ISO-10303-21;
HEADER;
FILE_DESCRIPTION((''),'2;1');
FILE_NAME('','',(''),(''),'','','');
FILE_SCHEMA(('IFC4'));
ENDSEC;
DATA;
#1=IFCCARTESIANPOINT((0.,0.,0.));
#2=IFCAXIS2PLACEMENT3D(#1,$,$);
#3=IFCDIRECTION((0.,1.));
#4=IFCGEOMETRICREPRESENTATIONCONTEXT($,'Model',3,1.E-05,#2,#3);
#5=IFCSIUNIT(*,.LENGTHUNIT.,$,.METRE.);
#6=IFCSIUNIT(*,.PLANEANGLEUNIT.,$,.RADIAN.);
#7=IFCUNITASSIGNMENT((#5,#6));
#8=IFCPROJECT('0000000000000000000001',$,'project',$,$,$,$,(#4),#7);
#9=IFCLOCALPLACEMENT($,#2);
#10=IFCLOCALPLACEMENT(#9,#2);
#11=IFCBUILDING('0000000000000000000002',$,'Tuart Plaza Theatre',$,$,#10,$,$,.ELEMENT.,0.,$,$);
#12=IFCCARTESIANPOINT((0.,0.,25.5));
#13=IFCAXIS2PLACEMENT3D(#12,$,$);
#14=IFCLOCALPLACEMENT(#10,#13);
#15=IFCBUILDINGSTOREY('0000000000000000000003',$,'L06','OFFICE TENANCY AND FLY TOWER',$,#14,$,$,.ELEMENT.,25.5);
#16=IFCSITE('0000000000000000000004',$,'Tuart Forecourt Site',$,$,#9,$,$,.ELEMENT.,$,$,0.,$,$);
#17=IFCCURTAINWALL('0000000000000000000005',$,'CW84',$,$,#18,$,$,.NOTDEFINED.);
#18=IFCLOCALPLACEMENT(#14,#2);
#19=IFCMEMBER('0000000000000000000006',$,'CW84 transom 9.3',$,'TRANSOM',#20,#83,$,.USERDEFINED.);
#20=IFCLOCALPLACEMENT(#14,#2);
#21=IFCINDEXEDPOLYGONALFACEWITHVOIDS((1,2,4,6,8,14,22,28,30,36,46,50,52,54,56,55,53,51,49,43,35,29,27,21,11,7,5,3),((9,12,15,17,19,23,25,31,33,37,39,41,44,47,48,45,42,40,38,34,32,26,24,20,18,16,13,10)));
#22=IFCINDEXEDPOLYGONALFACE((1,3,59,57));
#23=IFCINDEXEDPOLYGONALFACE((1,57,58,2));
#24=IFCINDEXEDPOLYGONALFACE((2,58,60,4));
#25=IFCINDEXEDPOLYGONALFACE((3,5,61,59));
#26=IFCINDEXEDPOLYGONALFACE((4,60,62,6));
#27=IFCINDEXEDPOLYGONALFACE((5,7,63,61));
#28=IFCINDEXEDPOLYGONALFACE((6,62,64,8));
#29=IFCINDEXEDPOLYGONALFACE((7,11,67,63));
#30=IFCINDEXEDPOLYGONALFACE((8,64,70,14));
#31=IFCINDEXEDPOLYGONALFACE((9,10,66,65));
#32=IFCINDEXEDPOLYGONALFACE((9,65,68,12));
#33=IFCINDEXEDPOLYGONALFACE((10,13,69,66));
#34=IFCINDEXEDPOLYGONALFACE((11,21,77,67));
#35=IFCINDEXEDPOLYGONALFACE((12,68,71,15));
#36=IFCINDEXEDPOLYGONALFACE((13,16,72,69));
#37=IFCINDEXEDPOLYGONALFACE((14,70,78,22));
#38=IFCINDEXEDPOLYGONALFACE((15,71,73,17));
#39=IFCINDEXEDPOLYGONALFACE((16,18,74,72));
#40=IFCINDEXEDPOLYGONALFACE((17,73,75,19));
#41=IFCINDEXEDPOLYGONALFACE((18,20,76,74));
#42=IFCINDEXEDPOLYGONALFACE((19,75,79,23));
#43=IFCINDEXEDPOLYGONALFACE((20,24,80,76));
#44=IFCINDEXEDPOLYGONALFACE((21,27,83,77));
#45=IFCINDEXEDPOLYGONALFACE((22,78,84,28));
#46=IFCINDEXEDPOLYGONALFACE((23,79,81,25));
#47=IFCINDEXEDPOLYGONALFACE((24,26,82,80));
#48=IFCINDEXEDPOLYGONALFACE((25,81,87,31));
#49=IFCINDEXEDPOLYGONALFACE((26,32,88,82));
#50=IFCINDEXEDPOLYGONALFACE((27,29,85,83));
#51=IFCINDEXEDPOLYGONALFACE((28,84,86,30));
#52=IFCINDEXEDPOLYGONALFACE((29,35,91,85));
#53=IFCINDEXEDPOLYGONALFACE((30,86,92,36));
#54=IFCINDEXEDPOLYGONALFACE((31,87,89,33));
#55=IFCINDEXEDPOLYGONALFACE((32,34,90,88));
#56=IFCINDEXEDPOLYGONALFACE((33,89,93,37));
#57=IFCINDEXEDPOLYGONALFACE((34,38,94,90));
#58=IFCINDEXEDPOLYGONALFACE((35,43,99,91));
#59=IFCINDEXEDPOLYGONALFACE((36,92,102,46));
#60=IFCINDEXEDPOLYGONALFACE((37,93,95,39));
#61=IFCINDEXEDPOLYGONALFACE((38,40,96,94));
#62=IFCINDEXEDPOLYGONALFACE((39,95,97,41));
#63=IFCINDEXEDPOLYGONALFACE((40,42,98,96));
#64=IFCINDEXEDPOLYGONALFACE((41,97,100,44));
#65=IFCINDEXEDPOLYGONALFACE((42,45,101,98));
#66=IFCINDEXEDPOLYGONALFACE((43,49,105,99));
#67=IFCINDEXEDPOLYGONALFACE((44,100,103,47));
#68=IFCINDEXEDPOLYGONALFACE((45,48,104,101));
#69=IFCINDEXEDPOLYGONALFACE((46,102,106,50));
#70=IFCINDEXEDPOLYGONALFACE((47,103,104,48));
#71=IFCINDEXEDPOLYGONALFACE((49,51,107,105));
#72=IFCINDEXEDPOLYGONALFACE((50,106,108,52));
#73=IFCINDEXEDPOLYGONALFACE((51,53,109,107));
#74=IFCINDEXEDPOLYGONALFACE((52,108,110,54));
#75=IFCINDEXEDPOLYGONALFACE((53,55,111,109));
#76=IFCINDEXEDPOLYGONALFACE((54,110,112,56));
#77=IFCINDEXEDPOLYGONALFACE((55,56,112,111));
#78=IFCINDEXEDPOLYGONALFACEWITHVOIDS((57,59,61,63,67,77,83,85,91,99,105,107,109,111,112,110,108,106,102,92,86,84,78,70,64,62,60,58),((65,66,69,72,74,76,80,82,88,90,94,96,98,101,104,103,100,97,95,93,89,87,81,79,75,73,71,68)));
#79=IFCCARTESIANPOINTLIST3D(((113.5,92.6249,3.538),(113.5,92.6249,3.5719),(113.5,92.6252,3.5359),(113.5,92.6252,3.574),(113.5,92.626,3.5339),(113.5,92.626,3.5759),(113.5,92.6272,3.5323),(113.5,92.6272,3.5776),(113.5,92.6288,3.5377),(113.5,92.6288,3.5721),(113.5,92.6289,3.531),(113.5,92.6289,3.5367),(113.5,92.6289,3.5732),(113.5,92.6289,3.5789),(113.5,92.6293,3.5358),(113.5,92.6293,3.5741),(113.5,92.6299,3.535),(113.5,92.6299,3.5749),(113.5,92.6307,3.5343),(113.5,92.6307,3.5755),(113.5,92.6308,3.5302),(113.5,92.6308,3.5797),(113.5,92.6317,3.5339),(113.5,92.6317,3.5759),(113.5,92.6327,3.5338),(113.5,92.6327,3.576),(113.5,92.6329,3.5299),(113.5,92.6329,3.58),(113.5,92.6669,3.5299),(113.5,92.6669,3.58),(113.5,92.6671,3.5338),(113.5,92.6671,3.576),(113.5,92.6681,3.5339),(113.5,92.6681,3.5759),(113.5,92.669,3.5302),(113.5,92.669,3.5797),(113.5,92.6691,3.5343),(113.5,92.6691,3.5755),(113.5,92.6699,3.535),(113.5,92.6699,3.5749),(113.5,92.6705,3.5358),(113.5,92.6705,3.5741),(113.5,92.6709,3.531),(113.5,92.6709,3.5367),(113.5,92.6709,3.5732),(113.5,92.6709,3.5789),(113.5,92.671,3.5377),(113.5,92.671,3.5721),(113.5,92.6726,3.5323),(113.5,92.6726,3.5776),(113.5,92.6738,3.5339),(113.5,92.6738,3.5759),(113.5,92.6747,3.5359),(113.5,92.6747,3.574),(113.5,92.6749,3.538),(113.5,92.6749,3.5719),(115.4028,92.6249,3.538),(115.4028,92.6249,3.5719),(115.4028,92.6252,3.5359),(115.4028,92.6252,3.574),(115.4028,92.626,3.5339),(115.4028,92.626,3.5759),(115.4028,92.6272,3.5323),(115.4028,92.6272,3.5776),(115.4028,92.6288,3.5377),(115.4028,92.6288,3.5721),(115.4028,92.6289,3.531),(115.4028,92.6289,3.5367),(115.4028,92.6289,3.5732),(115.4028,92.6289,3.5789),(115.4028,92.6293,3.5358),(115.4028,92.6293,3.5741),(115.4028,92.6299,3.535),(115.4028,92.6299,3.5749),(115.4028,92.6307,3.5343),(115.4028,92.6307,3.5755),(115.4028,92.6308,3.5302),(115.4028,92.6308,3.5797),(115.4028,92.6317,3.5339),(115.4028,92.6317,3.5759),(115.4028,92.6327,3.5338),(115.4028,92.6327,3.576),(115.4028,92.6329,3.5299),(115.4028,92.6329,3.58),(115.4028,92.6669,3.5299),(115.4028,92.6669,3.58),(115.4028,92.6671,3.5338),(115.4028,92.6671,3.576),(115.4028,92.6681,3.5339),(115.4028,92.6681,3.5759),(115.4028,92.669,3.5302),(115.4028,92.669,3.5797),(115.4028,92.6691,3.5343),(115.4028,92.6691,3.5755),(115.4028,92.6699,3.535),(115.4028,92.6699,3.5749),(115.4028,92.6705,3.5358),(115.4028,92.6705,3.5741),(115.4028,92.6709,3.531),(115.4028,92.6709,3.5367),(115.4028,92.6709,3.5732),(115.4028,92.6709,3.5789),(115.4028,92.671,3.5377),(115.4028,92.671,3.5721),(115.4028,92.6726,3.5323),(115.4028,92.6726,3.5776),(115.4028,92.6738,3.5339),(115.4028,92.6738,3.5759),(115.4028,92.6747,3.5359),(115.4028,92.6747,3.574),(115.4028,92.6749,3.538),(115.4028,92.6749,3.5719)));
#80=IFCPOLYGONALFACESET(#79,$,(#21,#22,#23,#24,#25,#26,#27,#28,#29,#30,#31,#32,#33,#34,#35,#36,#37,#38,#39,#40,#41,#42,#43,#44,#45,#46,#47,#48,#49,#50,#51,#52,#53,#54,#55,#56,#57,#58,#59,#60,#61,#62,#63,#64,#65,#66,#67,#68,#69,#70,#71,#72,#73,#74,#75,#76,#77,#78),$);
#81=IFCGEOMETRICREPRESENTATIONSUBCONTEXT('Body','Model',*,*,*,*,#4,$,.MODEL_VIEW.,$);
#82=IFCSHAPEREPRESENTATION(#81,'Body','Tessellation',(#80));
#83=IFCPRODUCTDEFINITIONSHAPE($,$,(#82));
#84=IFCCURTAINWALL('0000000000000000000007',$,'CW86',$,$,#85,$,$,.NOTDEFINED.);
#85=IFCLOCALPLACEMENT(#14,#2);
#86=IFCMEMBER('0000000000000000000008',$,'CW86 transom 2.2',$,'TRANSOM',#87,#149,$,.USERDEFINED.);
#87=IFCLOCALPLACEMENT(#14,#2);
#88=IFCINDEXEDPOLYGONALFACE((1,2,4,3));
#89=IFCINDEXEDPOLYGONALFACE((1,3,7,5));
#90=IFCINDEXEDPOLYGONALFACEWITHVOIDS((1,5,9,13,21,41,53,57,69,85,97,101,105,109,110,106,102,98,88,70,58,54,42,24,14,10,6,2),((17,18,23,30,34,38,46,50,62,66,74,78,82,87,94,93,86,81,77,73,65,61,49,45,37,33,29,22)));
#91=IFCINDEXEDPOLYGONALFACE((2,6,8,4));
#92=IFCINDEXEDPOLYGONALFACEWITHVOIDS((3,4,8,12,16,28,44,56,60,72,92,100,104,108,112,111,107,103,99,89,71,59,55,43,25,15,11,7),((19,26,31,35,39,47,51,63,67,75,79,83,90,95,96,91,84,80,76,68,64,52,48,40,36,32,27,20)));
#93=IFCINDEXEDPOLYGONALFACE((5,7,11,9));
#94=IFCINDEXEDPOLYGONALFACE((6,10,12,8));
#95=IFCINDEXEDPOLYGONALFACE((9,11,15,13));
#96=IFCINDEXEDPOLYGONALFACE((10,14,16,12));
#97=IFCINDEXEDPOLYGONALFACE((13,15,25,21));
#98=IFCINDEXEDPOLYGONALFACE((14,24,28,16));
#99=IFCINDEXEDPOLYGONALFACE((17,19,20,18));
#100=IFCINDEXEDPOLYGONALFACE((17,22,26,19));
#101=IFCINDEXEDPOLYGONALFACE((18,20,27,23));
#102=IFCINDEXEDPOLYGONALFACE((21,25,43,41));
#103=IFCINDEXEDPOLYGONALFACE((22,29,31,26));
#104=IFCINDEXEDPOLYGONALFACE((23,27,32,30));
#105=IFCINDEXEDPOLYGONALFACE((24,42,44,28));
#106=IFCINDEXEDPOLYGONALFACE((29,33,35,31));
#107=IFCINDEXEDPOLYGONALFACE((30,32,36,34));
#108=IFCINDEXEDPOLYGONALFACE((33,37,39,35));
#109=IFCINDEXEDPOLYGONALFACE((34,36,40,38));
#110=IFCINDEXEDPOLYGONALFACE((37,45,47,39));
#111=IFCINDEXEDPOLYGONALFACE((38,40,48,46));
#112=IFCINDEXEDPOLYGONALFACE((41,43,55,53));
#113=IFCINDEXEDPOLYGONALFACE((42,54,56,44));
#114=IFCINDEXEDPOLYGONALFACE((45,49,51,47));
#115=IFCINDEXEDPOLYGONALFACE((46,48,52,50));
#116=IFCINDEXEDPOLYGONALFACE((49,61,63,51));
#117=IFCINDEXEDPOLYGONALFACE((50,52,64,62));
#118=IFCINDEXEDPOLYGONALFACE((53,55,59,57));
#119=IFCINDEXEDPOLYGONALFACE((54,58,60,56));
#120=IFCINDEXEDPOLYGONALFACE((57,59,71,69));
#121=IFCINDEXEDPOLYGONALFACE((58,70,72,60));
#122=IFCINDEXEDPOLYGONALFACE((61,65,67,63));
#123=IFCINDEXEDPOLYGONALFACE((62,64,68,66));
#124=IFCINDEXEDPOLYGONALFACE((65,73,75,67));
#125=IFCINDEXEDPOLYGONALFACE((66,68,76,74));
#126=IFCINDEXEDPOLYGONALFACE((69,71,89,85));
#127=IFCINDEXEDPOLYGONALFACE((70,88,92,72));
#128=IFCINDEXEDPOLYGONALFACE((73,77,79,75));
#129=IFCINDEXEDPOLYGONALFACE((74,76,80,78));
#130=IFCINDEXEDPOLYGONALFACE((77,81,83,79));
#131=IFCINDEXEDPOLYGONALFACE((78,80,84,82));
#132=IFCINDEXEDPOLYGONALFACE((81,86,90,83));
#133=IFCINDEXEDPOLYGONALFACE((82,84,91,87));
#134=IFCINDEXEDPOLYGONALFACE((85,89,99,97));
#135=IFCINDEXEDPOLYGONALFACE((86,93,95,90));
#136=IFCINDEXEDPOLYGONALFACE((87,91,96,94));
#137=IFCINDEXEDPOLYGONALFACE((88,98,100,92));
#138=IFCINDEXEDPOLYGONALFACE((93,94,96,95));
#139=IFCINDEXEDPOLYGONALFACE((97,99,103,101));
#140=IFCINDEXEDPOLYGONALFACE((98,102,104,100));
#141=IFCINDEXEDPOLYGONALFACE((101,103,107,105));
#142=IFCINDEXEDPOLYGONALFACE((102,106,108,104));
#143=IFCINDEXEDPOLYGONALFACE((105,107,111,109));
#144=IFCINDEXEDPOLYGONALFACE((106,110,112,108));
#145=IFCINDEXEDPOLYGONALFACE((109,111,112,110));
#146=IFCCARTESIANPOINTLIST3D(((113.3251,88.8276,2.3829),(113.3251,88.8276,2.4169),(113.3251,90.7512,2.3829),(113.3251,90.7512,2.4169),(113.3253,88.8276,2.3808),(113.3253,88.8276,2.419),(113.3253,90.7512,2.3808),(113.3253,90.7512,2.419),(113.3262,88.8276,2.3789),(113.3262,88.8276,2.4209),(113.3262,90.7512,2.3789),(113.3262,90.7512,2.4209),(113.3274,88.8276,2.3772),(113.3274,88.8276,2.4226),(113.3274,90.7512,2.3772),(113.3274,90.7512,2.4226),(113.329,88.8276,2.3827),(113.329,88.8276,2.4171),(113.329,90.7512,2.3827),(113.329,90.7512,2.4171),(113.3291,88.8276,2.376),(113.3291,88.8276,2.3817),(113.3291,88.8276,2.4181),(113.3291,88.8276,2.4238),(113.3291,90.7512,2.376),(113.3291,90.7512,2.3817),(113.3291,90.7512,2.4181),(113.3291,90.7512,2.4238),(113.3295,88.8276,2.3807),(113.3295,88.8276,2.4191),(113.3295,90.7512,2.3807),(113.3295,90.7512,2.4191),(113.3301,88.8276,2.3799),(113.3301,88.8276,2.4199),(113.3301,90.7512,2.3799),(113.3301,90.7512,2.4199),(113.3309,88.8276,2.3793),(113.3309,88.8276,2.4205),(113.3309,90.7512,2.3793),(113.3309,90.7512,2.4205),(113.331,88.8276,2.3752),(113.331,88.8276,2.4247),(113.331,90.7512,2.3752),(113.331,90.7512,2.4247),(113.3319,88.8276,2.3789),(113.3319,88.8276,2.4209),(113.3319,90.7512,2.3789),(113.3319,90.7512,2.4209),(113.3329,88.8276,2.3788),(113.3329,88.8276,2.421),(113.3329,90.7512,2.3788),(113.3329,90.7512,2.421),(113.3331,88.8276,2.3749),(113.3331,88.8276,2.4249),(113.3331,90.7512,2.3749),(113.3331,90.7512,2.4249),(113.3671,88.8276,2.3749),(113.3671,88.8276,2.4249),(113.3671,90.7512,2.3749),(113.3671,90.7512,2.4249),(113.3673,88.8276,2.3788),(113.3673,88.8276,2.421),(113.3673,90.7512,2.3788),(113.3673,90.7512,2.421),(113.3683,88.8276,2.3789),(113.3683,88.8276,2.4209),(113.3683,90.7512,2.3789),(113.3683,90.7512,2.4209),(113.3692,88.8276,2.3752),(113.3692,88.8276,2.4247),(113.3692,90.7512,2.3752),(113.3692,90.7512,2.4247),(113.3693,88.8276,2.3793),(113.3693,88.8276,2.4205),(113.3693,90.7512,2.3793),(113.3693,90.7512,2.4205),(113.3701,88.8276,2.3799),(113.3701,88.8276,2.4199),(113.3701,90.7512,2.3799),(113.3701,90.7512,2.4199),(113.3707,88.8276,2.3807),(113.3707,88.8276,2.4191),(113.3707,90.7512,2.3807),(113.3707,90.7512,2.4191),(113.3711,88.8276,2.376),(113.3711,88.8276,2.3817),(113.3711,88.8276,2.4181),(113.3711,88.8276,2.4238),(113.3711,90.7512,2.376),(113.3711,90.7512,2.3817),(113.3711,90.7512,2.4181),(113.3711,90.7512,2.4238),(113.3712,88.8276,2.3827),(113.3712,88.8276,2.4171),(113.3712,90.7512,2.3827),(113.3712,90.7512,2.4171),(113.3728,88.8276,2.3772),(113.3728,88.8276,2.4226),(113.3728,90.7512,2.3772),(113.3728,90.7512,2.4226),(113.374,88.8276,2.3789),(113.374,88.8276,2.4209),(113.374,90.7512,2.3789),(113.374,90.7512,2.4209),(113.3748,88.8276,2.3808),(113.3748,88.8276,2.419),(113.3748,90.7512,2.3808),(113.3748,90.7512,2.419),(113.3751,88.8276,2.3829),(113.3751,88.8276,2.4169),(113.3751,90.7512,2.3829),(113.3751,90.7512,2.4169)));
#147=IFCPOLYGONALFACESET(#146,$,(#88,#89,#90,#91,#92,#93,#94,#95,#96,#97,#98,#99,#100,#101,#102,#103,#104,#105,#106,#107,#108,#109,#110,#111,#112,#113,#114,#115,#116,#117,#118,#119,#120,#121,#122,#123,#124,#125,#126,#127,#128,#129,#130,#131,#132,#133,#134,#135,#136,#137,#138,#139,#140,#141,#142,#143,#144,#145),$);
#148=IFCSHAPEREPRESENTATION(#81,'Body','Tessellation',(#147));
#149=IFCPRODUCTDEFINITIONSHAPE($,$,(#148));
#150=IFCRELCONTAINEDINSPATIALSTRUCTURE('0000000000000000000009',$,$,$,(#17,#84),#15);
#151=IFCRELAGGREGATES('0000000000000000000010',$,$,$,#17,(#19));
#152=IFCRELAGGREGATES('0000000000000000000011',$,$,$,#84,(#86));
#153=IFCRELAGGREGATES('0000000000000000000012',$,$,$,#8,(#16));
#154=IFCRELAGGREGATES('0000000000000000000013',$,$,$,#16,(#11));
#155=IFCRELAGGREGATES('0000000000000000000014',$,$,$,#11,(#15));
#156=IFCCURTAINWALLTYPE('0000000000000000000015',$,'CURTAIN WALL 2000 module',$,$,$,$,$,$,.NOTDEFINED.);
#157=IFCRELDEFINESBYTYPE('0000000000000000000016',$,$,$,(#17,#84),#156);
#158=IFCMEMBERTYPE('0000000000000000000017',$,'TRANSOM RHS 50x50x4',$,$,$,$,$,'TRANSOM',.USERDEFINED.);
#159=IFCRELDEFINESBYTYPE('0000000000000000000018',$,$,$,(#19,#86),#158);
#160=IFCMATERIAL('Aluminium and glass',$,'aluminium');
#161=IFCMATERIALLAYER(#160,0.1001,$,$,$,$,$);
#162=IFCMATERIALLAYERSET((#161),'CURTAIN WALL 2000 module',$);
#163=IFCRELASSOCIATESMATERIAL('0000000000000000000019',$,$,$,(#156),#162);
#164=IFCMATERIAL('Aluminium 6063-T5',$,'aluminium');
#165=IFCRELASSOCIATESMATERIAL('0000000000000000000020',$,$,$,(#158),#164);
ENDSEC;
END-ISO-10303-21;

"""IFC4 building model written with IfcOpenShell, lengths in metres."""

from ifc_helpers import new_model, si_unit, direction, frame, origin, origin_2d, place, context, subcontext, project, spatial, hollow_rectangle, extrude, material, layer, layer_set, material_profile, profile_set, type_object, element, aggregate, save


model = new_model("IFC4")

# Units and contexts
model_context = context("Model", 3, precision=1e-05, world=origin(), true_north=direction((0.0, 1.0)))
body_context = subcontext(model_context, "Body", "Model", "MODEL_VIEW")
ifc_project = project(units=[si_unit("LENGTHUNIT", "METRE"), si_unit("PLANEANGLEUNIT", "RADIAN")], contexts=[model_context])

# Site, building, storey
site_placement = place(None, origin())
site = spatial("IfcSite", under=ifc_project, at=site_placement, Name="Tuart Forecourt Site", CompositionType="ELEMENT", RefElevation=0.0)
building_placement = place(site_placement, origin())
building = spatial("IfcBuilding", under=site, at=building_placement, Name="Tuart Plaza Theatre", CompositionType="ELEMENT", ElevationOfRefHeight=0.0)
storey_placement = place(building_placement, frame((0.0, 0.0, 25.5)))
storey = spatial("IfcBuildingStorey", under=building, at=storey_placement, Name="L06", Description="OFFICE TENANCY AND FLY TOWER", CompositionType="ELEMENT", Elevation=25.5)

# Curtain walls, members
ifc_material_1 = material(Name="Aluminium and glass", Category="aluminium")
ifc_layer_1 = layer(ifc_material_1, 0.1001)
ifc_layer_set_1 = layer_set([ifc_layer_1], Name="CURTAIN WALL 2000 module")
curtain_wall_type = type_object("IfcCurtainWallType", Name="CURTAIN WALL 2000 module", PredefinedType="NOTDEFINED", material=ifc_layer_set_1)
curtain_wall_1_placement = place(storey_placement, origin())
curtain_wall_1 = element("IfcCurtainWall", 1, at=curtain_wall_1_placement, inside=storey, type_object=curtain_wall_type, Name="CW84", PredefinedType="NOTDEFINED")
ifc_material_2 = material(Name="Aluminium 6063-T5", Category="aluminium")
ifc_material_profile_1 = material_profile(ifc_material_2, hollow_rectangle(XDim=0.05, YDim=0.05, WallThickness=0.0039, InnerFilletRadius=0.0039, OuterFilletRadius=0.0081, at=origin_2d()), Name="RHS 50x50x4")
ifc_profile_set_1 = profile_set([ifc_material_profile_1], Name="Aluminium 6063-T5")
member_type_1 = type_object("IfcMemberType", Name="TRANSOM RHS 50x50x4", ElementType="TRANSOM", PredefinedType="USERDEFINED", material=ifc_profile_set_1)
member_1_placement = place(storey_placement, frame((115.4028, 92.6499, 3.5549), z_axis=(-1.0, 0.0, 0.0), x_axis=(0.0, -1.0, 0.0)))
member_1 = element("IfcMember", 2, at=member_1_placement, type_object=member_type_1, Name="CW84 transom 9.3", ObjectType="TRANSOM", PredefinedType="USERDEFINED", context=body_context, shape_type="SweptSolid", body=[
    extrude(hollow_rectangle(XDim=0.05, YDim=0.05, WallThickness=0.0039, InnerFilletRadius=0.0039, OuterFilletRadius=0.0081, at=origin_2d()), origin(), (0.0, 0.0, 1.0), 1.9028),
])
curtain_wall_2_placement = place(storey_placement, origin())
curtain_wall_2 = element("IfcCurtainWall", 3, at=curtain_wall_2_placement, inside=storey, type_object=curtain_wall_type, Name="CW86", PredefinedType="NOTDEFINED")
member_2_placement = place(storey_placement, frame((113.3501, 90.7512, 2.3999), z_axis=(0.0, -1.0, 0.0), x_axis=(1.0, 0.0, 0.0)))
member_2 = element("IfcMember", 4, at=member_2_placement, type_object=member_type_1, Name="CW86 transom 2.2", ObjectType="TRANSOM", PredefinedType="USERDEFINED", context=body_context, shape_type="SweptSolid", body=[
    extrude(hollow_rectangle(XDim=0.05, YDim=0.05, WallThickness=0.0039, InnerFilletRadius=0.0039, OuterFilletRadius=0.0081, at=origin_2d()), origin(), (0.0, 0.0, 1.0), 1.9236),
])

aggregate(curtain_wall_1, [member_1])
aggregate(curtain_wall_2, [member_2])

save(model, "model.ifc")
